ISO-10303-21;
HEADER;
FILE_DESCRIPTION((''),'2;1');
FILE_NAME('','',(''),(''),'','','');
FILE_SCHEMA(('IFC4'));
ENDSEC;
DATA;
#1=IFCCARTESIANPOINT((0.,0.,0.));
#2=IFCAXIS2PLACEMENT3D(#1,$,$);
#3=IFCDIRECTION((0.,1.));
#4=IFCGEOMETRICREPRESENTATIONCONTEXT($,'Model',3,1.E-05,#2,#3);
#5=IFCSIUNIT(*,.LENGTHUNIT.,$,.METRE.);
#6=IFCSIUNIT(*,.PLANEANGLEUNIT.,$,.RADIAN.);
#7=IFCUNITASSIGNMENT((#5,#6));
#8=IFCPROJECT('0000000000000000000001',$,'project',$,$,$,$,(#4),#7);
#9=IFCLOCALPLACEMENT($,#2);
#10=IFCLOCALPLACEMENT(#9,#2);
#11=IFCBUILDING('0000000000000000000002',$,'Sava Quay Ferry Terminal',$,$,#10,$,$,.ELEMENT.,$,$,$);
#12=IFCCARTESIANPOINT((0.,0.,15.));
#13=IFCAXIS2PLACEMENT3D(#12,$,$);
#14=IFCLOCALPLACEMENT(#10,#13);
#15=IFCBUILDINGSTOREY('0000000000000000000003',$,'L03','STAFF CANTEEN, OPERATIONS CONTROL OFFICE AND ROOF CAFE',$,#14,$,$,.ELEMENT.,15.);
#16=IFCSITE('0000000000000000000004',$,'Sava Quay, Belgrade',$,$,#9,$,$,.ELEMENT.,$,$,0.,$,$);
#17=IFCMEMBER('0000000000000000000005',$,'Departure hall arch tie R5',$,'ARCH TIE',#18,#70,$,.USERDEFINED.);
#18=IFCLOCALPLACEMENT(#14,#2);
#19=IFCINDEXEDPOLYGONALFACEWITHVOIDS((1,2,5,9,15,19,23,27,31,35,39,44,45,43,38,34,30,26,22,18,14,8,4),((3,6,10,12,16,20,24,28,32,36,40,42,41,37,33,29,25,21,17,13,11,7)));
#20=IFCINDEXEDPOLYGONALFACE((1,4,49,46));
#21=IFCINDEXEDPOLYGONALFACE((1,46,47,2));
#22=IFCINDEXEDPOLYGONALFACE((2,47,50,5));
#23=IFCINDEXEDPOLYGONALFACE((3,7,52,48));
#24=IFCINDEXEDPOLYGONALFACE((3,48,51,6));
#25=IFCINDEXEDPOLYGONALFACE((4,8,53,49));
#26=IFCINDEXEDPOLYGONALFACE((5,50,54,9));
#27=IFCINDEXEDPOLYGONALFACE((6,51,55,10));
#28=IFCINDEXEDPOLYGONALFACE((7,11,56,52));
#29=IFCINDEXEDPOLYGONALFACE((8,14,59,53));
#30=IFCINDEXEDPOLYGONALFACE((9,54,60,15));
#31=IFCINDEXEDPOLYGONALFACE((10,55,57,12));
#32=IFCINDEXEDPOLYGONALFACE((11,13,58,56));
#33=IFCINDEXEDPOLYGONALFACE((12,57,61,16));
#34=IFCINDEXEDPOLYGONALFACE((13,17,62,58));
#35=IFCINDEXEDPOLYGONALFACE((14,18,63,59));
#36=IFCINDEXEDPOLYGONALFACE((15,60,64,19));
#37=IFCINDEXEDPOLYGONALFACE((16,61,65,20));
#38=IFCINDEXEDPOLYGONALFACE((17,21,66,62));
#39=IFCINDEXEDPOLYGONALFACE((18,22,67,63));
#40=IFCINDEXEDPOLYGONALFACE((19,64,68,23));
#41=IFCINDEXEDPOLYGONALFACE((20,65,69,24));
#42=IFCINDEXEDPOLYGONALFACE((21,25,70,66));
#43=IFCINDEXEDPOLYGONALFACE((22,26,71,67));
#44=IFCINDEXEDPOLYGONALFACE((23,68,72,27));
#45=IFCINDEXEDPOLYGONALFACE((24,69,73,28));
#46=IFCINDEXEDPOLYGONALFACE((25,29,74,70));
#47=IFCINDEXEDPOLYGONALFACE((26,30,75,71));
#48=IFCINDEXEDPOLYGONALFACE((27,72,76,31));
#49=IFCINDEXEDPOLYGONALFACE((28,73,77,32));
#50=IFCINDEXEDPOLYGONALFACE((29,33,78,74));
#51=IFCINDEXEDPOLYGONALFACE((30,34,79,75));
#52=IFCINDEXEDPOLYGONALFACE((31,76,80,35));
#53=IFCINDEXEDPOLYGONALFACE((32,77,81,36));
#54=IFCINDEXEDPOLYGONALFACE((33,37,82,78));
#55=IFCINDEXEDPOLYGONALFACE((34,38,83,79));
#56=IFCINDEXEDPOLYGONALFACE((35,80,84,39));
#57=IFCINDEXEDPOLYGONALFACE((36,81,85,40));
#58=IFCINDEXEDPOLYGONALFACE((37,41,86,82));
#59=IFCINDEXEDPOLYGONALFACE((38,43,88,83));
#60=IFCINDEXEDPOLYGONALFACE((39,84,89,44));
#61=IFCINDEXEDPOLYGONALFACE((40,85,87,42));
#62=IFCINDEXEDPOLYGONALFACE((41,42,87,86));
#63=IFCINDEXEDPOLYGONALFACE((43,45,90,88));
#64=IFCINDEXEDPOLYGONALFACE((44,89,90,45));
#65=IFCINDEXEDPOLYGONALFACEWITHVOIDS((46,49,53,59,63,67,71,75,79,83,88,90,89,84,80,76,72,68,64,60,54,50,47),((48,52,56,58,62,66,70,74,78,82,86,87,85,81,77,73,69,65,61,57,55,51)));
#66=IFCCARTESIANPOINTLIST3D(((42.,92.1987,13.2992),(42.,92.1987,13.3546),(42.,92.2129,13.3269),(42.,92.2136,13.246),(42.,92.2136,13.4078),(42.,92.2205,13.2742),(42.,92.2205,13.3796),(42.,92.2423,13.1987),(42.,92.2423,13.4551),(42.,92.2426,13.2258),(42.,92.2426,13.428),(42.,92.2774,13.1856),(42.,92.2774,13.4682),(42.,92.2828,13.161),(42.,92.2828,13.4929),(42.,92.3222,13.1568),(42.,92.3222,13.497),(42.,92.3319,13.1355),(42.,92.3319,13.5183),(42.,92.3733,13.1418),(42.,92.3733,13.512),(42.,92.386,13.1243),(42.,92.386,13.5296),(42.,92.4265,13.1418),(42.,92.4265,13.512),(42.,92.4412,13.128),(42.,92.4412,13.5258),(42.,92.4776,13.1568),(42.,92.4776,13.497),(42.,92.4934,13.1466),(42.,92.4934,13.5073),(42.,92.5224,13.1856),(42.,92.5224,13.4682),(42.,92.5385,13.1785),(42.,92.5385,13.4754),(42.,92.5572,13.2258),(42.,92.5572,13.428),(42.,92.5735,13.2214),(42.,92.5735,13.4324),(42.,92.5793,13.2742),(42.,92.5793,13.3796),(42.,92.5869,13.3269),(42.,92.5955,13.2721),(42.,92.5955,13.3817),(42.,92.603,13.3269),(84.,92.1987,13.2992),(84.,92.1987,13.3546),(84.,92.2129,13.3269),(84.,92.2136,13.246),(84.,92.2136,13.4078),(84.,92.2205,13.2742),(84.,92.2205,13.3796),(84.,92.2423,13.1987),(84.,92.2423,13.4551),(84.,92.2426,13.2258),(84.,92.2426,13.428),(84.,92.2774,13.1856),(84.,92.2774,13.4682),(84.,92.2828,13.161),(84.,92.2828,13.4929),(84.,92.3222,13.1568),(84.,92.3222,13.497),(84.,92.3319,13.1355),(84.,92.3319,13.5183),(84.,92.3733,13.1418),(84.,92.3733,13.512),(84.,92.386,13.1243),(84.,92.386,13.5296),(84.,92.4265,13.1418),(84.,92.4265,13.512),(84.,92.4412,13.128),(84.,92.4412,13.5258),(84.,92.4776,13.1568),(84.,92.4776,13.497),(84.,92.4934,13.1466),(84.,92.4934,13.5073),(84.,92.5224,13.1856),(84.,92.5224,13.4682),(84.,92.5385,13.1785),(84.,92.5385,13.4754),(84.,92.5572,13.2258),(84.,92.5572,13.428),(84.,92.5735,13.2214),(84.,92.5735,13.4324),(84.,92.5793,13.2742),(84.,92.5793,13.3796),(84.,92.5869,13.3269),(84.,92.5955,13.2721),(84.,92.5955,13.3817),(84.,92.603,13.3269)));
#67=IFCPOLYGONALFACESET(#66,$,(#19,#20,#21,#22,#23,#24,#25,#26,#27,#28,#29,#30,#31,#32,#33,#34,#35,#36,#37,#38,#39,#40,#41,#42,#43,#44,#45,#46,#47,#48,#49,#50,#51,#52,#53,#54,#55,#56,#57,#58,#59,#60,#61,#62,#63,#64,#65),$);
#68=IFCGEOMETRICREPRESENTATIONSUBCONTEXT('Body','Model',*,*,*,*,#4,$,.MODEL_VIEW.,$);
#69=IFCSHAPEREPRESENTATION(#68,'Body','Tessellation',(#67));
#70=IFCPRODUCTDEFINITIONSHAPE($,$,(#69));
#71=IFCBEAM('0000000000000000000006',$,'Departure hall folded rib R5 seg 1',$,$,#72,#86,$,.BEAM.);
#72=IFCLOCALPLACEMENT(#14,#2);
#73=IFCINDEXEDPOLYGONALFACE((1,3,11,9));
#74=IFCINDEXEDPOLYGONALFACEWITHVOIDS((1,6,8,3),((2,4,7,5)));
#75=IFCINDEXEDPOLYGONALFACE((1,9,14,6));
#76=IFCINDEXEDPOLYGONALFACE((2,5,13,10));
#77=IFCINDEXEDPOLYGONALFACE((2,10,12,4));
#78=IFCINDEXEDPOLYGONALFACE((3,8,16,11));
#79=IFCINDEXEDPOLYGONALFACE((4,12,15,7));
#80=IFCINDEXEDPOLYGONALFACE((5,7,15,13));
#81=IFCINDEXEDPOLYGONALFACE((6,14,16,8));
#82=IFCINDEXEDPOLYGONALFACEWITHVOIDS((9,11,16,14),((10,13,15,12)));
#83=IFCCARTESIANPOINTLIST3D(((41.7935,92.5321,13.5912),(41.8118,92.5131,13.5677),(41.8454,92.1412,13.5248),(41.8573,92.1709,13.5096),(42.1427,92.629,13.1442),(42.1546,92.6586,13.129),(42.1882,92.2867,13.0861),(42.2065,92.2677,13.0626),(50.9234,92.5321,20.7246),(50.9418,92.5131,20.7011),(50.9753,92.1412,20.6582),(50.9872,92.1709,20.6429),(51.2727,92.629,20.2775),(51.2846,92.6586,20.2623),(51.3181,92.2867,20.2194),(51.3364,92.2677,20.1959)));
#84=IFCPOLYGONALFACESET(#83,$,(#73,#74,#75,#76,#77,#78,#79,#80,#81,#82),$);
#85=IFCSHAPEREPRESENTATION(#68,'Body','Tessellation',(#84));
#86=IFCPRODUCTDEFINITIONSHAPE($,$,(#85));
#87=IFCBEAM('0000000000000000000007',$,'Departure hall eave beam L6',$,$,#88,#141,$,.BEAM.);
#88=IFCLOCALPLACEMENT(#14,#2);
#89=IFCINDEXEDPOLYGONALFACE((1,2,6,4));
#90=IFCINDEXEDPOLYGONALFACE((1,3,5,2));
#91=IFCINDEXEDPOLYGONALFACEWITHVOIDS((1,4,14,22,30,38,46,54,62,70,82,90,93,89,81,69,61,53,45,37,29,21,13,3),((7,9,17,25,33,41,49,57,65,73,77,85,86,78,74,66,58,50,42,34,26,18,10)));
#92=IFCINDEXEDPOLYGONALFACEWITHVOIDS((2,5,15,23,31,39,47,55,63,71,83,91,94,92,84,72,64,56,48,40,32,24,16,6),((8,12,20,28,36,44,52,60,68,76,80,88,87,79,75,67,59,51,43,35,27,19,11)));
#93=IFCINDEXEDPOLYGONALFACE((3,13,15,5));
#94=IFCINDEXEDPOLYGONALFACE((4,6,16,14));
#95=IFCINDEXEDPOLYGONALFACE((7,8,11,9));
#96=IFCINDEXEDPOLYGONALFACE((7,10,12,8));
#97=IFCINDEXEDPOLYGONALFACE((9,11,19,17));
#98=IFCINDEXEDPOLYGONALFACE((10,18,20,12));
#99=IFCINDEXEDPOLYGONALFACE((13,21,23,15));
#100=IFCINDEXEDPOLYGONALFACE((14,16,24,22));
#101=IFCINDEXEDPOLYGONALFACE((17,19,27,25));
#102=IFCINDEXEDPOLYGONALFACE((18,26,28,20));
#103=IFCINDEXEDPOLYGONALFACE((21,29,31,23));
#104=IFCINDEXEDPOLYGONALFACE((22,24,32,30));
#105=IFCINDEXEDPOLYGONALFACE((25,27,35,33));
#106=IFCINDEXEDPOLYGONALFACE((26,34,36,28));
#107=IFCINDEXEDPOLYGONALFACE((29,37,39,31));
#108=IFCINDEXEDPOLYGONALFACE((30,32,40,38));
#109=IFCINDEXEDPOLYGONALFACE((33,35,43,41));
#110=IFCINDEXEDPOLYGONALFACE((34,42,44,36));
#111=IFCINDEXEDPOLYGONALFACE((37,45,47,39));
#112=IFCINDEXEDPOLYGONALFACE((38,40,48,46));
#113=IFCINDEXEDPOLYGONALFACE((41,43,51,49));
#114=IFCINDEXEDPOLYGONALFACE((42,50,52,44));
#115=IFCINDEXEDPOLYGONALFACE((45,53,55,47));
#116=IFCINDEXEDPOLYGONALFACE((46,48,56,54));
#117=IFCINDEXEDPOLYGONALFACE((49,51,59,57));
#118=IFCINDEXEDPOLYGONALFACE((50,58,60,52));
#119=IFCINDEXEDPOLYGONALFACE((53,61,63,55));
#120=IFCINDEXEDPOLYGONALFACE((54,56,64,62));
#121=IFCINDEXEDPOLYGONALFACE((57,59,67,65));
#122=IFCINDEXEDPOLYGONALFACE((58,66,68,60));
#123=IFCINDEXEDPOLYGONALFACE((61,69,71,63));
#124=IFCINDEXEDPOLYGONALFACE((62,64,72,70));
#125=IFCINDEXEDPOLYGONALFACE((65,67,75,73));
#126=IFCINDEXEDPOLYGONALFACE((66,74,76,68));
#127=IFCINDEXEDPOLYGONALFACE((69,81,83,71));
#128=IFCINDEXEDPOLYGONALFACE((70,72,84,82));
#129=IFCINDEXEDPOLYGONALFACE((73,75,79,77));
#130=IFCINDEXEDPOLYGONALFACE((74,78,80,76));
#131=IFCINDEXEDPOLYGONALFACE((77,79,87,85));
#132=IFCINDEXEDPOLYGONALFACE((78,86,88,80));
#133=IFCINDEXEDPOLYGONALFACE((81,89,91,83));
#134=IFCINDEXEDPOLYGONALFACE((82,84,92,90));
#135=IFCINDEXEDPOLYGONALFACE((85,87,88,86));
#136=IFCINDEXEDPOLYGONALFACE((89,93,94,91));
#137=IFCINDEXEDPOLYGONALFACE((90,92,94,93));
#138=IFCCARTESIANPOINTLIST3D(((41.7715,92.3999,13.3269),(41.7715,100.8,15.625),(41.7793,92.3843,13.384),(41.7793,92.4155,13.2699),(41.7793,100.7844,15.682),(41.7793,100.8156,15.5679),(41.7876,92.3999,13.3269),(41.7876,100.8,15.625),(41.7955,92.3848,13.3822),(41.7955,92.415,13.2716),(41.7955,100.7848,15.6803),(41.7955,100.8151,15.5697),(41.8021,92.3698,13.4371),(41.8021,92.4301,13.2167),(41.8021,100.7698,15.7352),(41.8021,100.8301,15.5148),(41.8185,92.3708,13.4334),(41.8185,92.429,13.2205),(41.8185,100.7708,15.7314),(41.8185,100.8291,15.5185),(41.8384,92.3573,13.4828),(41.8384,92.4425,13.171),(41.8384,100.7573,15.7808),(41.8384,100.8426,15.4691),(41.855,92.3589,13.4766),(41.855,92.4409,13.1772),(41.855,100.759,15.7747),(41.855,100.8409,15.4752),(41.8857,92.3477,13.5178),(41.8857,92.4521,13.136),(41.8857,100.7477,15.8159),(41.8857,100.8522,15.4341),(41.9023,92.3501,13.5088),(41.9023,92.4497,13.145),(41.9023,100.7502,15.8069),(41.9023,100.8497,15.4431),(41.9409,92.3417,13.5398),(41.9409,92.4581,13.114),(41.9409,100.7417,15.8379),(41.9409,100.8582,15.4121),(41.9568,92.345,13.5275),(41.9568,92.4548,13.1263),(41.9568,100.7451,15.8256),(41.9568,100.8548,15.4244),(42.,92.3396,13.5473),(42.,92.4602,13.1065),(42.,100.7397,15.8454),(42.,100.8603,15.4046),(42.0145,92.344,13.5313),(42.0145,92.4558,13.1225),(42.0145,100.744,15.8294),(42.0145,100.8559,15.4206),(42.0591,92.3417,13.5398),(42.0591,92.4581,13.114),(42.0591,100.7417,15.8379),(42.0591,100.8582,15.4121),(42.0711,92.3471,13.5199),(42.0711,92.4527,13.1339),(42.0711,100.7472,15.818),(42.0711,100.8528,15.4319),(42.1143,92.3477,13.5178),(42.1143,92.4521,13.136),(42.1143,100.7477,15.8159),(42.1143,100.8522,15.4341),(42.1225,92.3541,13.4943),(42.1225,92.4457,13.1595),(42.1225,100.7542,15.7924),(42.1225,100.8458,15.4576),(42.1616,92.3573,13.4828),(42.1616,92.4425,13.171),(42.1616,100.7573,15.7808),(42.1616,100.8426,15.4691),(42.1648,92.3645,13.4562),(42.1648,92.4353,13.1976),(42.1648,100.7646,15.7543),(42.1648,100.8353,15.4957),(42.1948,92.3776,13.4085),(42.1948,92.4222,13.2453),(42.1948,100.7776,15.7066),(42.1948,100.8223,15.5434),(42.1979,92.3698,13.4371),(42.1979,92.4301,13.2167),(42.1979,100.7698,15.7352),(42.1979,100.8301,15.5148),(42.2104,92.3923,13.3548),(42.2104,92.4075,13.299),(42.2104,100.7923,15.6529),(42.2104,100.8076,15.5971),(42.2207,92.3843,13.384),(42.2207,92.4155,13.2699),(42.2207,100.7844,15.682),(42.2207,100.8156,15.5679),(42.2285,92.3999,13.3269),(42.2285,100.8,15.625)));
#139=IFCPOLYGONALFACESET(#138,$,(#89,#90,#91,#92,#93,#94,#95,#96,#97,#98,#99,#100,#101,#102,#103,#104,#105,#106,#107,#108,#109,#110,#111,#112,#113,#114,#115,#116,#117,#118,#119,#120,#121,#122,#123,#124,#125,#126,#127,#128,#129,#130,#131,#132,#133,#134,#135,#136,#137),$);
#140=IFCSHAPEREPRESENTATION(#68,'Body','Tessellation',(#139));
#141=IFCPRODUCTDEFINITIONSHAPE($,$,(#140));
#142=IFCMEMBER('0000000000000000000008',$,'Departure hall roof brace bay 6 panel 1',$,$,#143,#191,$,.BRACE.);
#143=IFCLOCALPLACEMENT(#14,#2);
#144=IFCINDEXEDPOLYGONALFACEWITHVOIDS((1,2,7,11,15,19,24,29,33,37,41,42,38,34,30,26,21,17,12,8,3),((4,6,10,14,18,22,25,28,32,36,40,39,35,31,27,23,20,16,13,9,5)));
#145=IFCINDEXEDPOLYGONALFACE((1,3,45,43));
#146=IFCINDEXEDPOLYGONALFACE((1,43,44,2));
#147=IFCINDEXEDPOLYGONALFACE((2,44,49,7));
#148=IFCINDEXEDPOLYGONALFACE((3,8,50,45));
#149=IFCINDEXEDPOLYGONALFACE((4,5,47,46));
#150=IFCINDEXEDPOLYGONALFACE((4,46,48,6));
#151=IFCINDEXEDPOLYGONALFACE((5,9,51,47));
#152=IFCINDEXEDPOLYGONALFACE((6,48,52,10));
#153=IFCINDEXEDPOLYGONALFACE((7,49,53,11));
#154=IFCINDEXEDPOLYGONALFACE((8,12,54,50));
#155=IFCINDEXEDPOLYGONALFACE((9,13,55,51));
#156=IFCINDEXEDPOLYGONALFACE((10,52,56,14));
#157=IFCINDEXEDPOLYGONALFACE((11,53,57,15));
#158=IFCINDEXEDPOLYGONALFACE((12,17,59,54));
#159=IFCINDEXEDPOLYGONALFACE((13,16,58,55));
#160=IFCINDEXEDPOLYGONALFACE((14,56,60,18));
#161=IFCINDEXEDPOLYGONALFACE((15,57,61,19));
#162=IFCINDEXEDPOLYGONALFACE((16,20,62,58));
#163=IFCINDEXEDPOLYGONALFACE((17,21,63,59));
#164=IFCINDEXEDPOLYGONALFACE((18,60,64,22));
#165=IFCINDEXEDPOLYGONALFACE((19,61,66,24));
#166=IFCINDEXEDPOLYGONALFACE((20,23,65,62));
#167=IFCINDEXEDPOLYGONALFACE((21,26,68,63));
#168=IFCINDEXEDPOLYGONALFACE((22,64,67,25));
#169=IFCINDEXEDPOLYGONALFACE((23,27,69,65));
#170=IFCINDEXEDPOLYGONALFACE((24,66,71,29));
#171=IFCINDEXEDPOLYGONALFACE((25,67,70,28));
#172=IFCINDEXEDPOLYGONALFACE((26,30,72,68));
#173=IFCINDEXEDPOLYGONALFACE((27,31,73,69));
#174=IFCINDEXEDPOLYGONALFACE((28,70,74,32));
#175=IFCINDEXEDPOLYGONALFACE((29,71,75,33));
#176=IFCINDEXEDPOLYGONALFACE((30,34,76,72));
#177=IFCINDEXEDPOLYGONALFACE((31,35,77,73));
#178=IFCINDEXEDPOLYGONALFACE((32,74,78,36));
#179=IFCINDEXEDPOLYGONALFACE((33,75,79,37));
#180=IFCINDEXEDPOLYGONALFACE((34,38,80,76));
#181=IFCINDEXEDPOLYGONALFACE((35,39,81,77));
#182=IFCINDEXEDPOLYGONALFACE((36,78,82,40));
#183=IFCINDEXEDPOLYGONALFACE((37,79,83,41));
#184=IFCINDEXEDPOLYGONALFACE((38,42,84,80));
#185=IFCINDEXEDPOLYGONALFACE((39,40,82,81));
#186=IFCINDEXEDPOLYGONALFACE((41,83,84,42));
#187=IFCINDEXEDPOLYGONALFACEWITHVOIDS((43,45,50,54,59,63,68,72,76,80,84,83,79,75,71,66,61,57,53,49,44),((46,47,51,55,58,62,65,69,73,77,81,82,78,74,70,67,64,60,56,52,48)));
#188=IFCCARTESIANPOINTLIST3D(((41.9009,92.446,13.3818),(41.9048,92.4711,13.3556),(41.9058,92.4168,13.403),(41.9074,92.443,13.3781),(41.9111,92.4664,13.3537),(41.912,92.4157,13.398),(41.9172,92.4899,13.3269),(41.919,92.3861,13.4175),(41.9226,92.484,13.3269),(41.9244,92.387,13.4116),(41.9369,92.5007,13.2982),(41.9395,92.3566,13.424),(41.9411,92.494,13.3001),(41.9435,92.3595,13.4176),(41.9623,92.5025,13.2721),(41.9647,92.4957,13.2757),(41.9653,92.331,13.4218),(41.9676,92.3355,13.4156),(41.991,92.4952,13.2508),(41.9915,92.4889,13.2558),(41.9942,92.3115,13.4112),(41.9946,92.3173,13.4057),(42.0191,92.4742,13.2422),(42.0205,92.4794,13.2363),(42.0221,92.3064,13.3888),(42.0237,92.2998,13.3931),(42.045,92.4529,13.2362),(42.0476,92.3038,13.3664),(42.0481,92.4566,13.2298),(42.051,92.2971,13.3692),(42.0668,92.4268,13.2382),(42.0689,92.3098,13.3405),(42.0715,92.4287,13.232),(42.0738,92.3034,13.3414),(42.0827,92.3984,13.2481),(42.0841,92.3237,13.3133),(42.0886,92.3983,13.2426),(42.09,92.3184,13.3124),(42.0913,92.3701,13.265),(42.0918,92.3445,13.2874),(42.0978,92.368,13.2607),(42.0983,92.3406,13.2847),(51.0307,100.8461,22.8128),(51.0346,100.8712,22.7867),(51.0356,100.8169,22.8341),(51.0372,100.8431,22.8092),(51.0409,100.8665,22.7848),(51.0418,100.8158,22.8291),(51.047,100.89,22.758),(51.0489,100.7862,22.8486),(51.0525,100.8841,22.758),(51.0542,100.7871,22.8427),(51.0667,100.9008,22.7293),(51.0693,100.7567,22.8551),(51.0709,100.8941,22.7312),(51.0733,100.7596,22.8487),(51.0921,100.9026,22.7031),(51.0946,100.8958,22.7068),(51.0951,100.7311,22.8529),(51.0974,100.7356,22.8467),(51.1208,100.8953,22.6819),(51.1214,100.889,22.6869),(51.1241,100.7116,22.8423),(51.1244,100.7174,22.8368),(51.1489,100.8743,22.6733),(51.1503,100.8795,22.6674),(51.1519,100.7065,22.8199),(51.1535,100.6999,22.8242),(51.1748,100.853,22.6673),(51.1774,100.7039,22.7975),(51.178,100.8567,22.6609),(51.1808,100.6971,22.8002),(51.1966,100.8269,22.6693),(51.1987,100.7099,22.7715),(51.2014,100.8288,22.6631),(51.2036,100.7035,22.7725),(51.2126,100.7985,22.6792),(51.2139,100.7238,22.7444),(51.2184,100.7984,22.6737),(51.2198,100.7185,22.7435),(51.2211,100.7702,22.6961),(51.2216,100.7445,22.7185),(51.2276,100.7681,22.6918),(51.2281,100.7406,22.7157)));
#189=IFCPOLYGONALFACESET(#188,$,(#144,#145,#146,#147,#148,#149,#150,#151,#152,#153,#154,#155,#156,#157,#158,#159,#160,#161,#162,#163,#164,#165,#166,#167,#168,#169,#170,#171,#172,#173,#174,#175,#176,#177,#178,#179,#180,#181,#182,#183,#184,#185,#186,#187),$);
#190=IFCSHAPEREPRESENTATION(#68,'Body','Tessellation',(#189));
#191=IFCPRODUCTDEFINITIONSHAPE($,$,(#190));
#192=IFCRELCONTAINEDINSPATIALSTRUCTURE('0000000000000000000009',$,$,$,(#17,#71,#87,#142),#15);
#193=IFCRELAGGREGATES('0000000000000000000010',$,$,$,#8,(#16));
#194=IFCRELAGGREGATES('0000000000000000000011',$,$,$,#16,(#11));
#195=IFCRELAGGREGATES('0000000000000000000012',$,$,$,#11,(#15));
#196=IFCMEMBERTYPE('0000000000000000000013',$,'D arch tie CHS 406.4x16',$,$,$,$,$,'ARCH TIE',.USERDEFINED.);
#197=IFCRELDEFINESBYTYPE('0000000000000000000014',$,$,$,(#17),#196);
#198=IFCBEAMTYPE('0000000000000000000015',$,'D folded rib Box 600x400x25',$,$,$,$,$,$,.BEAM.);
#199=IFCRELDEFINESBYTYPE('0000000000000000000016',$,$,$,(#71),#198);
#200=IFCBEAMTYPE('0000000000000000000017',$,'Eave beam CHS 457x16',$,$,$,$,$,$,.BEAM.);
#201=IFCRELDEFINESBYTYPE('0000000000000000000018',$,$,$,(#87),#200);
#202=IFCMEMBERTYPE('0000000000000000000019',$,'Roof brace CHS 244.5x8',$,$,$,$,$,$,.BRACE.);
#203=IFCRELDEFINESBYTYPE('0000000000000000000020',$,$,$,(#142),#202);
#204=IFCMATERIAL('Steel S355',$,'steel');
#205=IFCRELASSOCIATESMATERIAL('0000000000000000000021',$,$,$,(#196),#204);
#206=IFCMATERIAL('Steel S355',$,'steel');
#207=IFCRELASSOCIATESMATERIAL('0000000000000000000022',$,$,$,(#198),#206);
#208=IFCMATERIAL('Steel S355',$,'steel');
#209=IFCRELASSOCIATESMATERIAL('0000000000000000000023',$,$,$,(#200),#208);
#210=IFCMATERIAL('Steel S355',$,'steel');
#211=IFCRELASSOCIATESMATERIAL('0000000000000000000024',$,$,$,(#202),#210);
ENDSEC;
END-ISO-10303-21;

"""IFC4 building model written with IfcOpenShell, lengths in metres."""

from ifc_helpers import new_model, si_unit, direction, frame, origin, origin_2d, place, context, subcontext, project, spatial, polyline, hollow_circle, outline, extrude, material, material_profile, profile_set, type_object, element, save


model = new_model("IFC4")

# Units and contexts
model_context = context("Model", 3, precision=1e-05, world=origin(), true_north=direction((0.0, 1.0)))
body_context = subcontext(model_context, "Body", "Model", "MODEL_VIEW")
ifc_project = project(units=[si_unit("LENGTHUNIT", "METRE"), si_unit("PLANEANGLEUNIT", "RADIAN")], contexts=[model_context])

# Site, building, storey
site_placement = place(None, origin())
site = spatial("IfcSite", under=ifc_project, at=site_placement, Name="Sava Quay, Belgrade", CompositionType="ELEMENT", RefElevation=0.0)
building_placement = place(site_placement, origin())
building = spatial("IfcBuilding", under=site, at=building_placement, Name="Sava Quay Ferry Terminal", CompositionType="ELEMENT")
storey_placement = place(building_placement, frame((0.0, 0.0, 15.0)))
storey = spatial("IfcBuildingStorey", under=building, at=storey_placement, Name="L03", Description="STAFF CANTEEN, OPERATIONS CONTROL OFFICE AND ROOF CAFE", CompositionType="ELEMENT", Elevation=15.0)

# Member
ifc_material_1 = material(Name="Steel S355", Category="steel")
ifc_material_profile_1 = material_profile(ifc_material_1, hollow_circle(Radius=0.2031, WallThickness=0.0161, at=origin_2d()), Name="CHS 406.4 x 16.0")
ifc_profile_set_1 = profile_set([ifc_material_profile_1], Name="Steel S355")
member_type_1 = type_object("IfcMemberType", Name="D arch tie CHS 406.4x16", ElementType="ARCH TIE", PredefinedType="USERDEFINED", material=ifc_profile_set_1)
member_1_placement = place(storey_placement, frame((42.0, 92.3999, 13.3269), z_axis=(1.0, 0.0, 0.0), x_axis=(0.0, 1.0, 0.0)))
element("IfcMember", 1, at=member_1_placement, inside=storey, type_object=member_type_1, Name="Departure hall arch tie R5", ObjectType="ARCH TIE", PredefinedType="USERDEFINED", context=body_context, shape_type="SweptSolid", body=[
    extrude(hollow_circle(Radius=0.2031, WallThickness=0.0161, at=origin_2d()), origin(), (0.0, 0.0, 1.0), 42.0),
])

# Beams
ifc_material_2 = material(Name="Steel S355", Category="steel")
ifc_material_profile_2 = material_profile(ifc_material_2, outline(polyline([(-0.2, -0.3), (0.2, -0.3), (0.2, 0.3), (-0.2, 0.3), (-0.2, -0.3)]), holes=[polyline([(-0.175, -0.2749), (-0.175, 0.2749), (0.175, 0.2749), (0.175, -0.2749), (-0.175, -0.2749)])]), Name="Box 600x400x25 built-up")
ifc_profile_set_2 = profile_set([ifc_material_profile_2], Name="Steel S355")
beam_type_1 = type_object("IfcBeamType", Name="D folded rib Box 600x400x25", PredefinedType="BEAM", material=ifc_profile_set_2)
beam_1_placement = place(storey_placement, frame((42.0, 92.3999, 13.3269), z_axis=(0.788, 0.0, 0.615675), x_axis=(-0.129745, 0.977543, 0.16606)))
element("IfcBeam", 2, at=beam_1_placement, inside=storey, type_object=beam_type_1, Name="Departure hall folded rib R5 seg 1", PredefinedType="BEAM", context=body_context, shape_type="SweptSolid", body=[
    extrude(outline(polyline([(-0.2, -0.3), (0.2, -0.3), (0.2, 0.3), (-0.2, 0.3), (-0.2, -0.3)]), holes=[polyline([(-0.175, -0.2749), (-0.175, 0.2749), (0.175, 0.2749), (0.175, -0.2749), (-0.175, -0.2749)])]), origin(), (0.0, 0.0, 1.0), 11.5862),
])
ifc_material_3 = material(Name="Steel S355", Category="steel")
ifc_material_profile_3 = material_profile(ifc_material_3, hollow_circle(Radius=0.2285, WallThickness=0.0161, at=origin_2d()), Name="CHS 457 x 16.0")
ifc_profile_set_3 = profile_set([ifc_material_profile_3], Name="Steel S355")
beam_type_2 = type_object("IfcBeamType", Name="Eave beam CHS 457x16", PredefinedType="BEAM", material=ifc_profile_set_3)
beam_2_placement = place(storey_placement, frame((42.0, 92.3999, 13.3269), z_axis=(0.0, 0.964555, 0.263881), x_axis=(-1.0, 0.0, 0.0)))
element("IfcBeam", 3, at=beam_2_placement, inside=storey, type_object=beam_type_2, Name="Departure hall eave beam L6", PredefinedType="BEAM", context=body_context, shape_type="SweptSolid", body=[
    extrude(hollow_circle(Radius=0.2285, WallThickness=0.0161, at=origin_2d()), origin(), (0.0, 0.0, 1.0), 8.7087),
])

# Member
ifc_material_4 = material(Name="Steel S355", Category="steel")
ifc_material_profile_4 = material_profile(ifc_material_4, hollow_circle(Radius=0.1223, WallThickness=0.0081, at=origin_2d()), Name="CHS 244.5 x 8.0")
ifc_profile_set_4 = profile_set([ifc_material_profile_4], Name="Steel S355")
member_type_2 = type_object("IfcMemberType", Name="Roof brace CHS 244.5x8", PredefinedType="BRACE", material=ifc_profile_set_4)
member_2_placement = place(storey_placement, frame((42.0, 92.3999, 13.3269), z_axis=(0.585846, 0.539021, 0.605178), x_axis=(-0.677085, 0.735905, 0.0)))
element("IfcMember", 4, at=member_2_placement, inside=storey, type_object=member_type_2, Name="Departure hall roof brace bay 6 panel 1", PredefinedType="BRACE", context=body_context, shape_type="SweptSolid", body=[
    extrude(hollow_circle(Radius=0.1223, WallThickness=0.0081, at=origin_2d()), origin(), (0.0, 0.0, 1.0), 15.584),
])

save(model, "model.ifc")
